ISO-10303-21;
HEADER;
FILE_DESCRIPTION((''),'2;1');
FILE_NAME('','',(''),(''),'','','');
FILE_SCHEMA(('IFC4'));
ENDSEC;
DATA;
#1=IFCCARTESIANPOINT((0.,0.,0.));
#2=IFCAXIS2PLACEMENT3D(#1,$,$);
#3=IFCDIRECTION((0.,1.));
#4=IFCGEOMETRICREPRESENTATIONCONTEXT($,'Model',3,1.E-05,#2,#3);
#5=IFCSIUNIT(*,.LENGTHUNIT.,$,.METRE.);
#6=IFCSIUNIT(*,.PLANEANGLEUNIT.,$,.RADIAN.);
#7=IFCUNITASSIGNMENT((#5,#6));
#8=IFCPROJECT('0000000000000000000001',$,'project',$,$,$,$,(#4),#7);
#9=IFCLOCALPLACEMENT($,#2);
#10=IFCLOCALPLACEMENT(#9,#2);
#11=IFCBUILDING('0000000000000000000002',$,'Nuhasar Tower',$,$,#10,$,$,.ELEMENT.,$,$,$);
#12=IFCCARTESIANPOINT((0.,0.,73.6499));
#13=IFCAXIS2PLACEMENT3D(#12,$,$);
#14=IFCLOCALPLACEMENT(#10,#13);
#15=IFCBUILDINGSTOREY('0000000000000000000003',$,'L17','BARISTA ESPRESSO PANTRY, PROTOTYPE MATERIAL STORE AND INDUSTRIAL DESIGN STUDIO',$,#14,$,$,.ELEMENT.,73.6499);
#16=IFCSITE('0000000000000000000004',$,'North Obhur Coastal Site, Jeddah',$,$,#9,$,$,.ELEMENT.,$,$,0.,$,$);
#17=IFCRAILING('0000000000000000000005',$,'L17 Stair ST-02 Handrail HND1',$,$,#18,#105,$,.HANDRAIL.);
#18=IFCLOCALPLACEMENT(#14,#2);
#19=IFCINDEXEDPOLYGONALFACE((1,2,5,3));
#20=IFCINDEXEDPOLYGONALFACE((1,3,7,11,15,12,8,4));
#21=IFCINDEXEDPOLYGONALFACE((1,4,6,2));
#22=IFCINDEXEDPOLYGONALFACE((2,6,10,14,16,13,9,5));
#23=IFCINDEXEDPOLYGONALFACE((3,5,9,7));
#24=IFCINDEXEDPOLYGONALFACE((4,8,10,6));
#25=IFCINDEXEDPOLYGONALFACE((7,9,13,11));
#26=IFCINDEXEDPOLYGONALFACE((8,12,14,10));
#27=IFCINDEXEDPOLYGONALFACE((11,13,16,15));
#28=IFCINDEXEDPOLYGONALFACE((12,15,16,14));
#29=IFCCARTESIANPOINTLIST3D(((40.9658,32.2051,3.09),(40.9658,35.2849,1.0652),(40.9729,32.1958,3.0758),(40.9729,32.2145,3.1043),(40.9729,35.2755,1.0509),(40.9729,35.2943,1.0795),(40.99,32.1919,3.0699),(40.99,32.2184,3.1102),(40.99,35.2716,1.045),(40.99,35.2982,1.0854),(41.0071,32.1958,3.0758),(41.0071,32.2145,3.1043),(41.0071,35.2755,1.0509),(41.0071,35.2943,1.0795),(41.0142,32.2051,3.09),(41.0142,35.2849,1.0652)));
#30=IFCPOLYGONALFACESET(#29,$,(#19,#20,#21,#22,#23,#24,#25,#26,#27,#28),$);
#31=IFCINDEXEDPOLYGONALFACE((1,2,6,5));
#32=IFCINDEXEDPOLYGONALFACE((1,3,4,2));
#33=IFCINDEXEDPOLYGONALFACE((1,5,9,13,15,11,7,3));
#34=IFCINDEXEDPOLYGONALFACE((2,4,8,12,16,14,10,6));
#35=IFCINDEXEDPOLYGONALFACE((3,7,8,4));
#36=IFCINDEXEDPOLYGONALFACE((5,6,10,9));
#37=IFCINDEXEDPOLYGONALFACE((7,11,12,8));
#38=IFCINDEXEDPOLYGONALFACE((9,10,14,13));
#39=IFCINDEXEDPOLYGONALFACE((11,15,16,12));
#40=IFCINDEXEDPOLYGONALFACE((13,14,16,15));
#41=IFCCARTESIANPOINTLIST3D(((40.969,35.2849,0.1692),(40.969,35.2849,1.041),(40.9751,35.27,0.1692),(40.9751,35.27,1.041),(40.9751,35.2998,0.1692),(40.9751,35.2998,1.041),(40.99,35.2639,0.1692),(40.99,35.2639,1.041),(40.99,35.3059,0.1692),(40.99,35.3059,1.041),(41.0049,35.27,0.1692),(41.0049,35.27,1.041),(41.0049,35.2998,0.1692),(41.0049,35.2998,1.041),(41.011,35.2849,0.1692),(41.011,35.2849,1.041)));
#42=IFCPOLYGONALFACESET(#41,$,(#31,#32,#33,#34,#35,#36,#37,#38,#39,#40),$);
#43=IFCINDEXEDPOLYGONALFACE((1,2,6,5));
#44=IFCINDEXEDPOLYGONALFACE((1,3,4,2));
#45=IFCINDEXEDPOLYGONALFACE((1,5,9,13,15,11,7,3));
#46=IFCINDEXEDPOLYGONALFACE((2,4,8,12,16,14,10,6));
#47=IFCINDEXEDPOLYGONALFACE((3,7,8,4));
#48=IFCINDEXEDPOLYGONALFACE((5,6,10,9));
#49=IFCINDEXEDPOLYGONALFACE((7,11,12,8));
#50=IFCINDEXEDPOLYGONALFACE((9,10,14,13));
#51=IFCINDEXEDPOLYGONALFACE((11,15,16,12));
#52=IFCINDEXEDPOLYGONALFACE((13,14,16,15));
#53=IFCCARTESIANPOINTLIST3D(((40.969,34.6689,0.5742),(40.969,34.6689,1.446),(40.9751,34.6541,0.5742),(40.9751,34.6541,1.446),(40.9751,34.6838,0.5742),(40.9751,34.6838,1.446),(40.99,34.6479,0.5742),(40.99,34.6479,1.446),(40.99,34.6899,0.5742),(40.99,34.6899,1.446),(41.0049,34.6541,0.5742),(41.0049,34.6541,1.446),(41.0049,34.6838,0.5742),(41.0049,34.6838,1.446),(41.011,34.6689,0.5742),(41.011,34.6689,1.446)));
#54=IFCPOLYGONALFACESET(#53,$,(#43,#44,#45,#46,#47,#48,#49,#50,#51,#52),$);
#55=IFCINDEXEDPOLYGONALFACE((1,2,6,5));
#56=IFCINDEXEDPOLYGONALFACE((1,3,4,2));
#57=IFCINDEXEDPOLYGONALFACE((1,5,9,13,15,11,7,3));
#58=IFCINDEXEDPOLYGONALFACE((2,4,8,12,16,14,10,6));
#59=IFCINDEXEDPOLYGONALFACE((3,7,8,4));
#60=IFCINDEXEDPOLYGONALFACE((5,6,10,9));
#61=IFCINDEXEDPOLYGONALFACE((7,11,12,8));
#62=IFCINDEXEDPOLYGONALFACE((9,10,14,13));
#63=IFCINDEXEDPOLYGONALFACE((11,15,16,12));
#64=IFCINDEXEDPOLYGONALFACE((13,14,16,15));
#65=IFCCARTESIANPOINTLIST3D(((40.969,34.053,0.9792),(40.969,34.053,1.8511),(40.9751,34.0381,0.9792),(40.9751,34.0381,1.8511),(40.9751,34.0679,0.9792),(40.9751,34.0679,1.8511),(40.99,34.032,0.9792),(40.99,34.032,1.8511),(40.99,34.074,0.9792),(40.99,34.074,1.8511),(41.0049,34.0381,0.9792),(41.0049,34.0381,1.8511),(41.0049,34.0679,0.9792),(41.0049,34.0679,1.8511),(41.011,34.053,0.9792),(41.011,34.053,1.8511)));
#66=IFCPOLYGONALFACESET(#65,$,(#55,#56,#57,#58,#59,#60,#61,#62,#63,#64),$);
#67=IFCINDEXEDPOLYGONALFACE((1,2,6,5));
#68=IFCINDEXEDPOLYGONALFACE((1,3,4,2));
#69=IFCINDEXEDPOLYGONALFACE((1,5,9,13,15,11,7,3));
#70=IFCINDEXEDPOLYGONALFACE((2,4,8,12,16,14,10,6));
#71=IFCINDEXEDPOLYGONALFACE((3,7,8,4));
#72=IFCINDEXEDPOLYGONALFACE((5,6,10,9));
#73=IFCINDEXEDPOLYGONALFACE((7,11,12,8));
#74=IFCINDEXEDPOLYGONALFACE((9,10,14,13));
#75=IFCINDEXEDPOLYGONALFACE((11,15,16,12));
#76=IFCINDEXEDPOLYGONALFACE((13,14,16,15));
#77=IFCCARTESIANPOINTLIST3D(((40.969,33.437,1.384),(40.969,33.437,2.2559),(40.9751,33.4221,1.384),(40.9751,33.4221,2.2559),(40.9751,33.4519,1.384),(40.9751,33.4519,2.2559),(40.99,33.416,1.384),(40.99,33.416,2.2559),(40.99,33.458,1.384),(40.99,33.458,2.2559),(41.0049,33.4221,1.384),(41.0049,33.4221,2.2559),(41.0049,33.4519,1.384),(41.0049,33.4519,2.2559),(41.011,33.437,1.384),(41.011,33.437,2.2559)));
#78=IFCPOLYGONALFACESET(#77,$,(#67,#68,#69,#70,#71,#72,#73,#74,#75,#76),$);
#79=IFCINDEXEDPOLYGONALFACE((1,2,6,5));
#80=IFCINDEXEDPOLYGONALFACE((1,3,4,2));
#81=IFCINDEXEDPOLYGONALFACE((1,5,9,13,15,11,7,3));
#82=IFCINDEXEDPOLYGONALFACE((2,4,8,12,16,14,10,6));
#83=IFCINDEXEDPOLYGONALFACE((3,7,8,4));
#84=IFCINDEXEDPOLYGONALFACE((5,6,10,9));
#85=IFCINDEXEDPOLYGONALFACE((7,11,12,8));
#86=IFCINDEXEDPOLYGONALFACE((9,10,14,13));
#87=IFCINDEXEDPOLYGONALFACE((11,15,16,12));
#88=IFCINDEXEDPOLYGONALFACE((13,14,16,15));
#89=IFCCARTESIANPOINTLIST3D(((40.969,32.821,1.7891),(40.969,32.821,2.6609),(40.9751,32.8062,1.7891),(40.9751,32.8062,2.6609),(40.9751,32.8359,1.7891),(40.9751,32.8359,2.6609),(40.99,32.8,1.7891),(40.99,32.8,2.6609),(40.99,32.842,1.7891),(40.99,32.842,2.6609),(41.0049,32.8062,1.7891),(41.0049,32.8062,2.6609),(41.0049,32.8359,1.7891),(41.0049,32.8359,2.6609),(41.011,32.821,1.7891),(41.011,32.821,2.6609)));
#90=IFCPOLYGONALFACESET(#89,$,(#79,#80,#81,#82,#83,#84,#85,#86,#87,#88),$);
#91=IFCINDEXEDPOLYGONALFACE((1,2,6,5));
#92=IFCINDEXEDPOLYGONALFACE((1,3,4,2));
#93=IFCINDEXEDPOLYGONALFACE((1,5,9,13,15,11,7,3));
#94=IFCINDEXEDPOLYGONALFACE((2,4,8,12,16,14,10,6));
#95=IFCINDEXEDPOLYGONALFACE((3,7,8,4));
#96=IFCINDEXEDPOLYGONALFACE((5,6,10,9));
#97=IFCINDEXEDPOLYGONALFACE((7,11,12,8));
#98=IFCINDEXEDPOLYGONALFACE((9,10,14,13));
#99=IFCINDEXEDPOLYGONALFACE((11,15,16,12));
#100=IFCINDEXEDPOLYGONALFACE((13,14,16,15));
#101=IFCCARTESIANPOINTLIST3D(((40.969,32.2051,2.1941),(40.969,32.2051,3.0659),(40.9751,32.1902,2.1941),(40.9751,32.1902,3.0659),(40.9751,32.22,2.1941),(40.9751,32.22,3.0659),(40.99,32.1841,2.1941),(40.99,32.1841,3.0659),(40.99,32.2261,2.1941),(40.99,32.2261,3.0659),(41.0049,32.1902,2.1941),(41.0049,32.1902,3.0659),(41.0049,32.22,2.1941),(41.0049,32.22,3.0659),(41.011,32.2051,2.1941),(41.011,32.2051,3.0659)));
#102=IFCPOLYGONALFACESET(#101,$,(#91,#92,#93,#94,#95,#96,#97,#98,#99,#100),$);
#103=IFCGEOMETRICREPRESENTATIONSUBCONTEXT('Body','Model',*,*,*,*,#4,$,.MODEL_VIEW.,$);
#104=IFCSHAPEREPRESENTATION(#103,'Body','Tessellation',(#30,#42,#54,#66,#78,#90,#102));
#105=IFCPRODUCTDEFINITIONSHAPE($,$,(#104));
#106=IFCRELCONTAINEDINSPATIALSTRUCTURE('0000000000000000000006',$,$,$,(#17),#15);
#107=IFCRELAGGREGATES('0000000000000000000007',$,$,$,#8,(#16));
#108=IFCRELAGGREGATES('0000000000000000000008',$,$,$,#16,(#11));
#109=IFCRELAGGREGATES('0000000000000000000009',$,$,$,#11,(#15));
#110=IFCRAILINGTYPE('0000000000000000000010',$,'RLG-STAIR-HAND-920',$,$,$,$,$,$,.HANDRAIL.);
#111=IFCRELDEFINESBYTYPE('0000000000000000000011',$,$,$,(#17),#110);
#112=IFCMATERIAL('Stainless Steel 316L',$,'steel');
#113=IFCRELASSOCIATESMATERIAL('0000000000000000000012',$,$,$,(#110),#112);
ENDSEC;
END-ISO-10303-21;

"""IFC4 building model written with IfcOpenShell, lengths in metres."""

from ifc_helpers import new_model, si_unit, direction, frame, origin, place, context, subcontext, project, spatial, polyline, outline, extrude, material, type_object, element, save


model = new_model("IFC4")

# Units and contexts
model_context = context("Model", 3, precision=1e-05, world=origin(), true_north=direction((0.0, 1.0)))
body_context = subcontext(model_context, "Body", "Model", "MODEL_VIEW")
ifc_project = project(units=[si_unit("LENGTHUNIT", "METRE"), si_unit("PLANEANGLEUNIT", "RADIAN")], contexts=[model_context])

# Site, building, storey
site_placement = place(None, origin())
site = spatial("IfcSite", under=ifc_project, at=site_placement, Name="North Obhur Coastal Site, Jeddah", CompositionType="ELEMENT", RefElevation=0.0)
building_placement = place(site_placement, origin())
building = spatial("IfcBuilding", under=site, at=building_placement, Name="Nuhasar Tower", CompositionType="ELEMENT")
storey_placement = place(building_placement, frame((0.0, 0.0, 73.6499)))
storey = spatial("IfcBuildingStorey", under=building, at=storey_placement, Name="L17", Description="BARISTA ESPRESSO PANTRY, PROTOTYPE MATERIAL STORE AND INDUSTRIAL DESIGN STUDIO", CompositionType="ELEMENT", Elevation=73.6499)

# Railing
ifc_material_1 = material(Name="Stainless Steel 316L", Category="steel")
railing_type_1 = type_object("IfcRailingType", Name="RLG-STAIR-HAND-920", PredefinedType="HANDRAIL", material=ifc_material_1)
railing_1_placement = place(storey_placement, frame((40.99, 35.2849, 0.1692)))
element("IfcRailing", 1, at=railing_1_placement, inside=storey, type_object=railing_type_1, Name="L17 Stair ST-02 Handrail HND1", PredefinedType="HANDRAIL", context=body_context, shape_type="SweptSolid", body=[
    extrude(outline(polyline([(0.0242, 0.0), (0.0171, 0.0171), (0.0, 0.0242), (-0.0171, 0.0171), (-0.0242, 0.0), (-0.0171, -0.0171), (0.0, -0.0242), (0.0171, -0.0171), (0.0242, 0.0)])), frame((0.0, 0.0, 0.896), z_axis=(0.0, -0.83558, 0.54937), x_axis=(1.0, 0.0, 0.0)), (0.0, 0.0, 1.0), 3.6858),
    extrude(outline(polyline([(0.021, 0.0), (0.0149, 0.0149), (0.0, 0.021), (-0.0149, 0.0149), (-0.021, 0.0), (-0.0149, -0.0149), (0.0, -0.021), (0.0149, -0.0149), (0.021, 0.0)])), origin(), (0.0, 0.0, 1.0), 0.8718),
    extrude(outline(polyline([(0.021, 0.0), (0.0149, 0.0149), (0.0, 0.021), (-0.0149, 0.0149), (-0.021, 0.0), (-0.0149, -0.0149), (0.0, -0.021), (0.0149, -0.0149), (0.021, 0.0)])), frame((0.0, -0.616, 0.405)), (0.0, 0.0, 1.0), 0.8718),
    extrude(outline(polyline([(0.021, 0.0), (0.0149, 0.0149), (0.0, 0.021), (-0.0149, 0.0149), (-0.021, 0.0), (-0.0149, -0.0149), (0.0, -0.021), (0.0149, -0.0149), (0.021, 0.0)])), frame((0.0, -1.2319, 0.8101)), (0.0, 0.0, 1.0), 0.8718),
    extrude(outline(polyline([(0.021, 0.0), (0.0149, 0.0149), (0.0, 0.021), (-0.0149, 0.0149), (-0.021, 0.0), (-0.0149, -0.0149), (0.0, -0.021), (0.0149, -0.0149), (0.021, 0.0)])), frame((0.0, -1.8479, 1.2148)), (0.0, 0.0, 1.0), 0.8718),
    extrude(outline(polyline([(0.021, 0.0), (0.0149, 0.0149), (0.0, 0.021), (-0.0149, 0.0149), (-0.021, 0.0), (-0.0149, -0.0149), (0.0, -0.021), (0.0149, -0.0149), (0.021, 0.0)])), frame((0.0, -2.4639, 1.6199)), (0.0, 0.0, 1.0), 0.8718),
    extrude(outline(polyline([(0.021, 0.0), (0.0149, 0.0149), (0.0, 0.021), (-0.0149, 0.0149), (-0.021, 0.0), (-0.0149, -0.0149), (0.0, -0.021), (0.0149, -0.0149), (0.021, 0.0)])), frame((0.0, -3.0798, 2.0249)), (0.0, 0.0, 1.0), 0.8718),
])

save(model, "model.ifc")
